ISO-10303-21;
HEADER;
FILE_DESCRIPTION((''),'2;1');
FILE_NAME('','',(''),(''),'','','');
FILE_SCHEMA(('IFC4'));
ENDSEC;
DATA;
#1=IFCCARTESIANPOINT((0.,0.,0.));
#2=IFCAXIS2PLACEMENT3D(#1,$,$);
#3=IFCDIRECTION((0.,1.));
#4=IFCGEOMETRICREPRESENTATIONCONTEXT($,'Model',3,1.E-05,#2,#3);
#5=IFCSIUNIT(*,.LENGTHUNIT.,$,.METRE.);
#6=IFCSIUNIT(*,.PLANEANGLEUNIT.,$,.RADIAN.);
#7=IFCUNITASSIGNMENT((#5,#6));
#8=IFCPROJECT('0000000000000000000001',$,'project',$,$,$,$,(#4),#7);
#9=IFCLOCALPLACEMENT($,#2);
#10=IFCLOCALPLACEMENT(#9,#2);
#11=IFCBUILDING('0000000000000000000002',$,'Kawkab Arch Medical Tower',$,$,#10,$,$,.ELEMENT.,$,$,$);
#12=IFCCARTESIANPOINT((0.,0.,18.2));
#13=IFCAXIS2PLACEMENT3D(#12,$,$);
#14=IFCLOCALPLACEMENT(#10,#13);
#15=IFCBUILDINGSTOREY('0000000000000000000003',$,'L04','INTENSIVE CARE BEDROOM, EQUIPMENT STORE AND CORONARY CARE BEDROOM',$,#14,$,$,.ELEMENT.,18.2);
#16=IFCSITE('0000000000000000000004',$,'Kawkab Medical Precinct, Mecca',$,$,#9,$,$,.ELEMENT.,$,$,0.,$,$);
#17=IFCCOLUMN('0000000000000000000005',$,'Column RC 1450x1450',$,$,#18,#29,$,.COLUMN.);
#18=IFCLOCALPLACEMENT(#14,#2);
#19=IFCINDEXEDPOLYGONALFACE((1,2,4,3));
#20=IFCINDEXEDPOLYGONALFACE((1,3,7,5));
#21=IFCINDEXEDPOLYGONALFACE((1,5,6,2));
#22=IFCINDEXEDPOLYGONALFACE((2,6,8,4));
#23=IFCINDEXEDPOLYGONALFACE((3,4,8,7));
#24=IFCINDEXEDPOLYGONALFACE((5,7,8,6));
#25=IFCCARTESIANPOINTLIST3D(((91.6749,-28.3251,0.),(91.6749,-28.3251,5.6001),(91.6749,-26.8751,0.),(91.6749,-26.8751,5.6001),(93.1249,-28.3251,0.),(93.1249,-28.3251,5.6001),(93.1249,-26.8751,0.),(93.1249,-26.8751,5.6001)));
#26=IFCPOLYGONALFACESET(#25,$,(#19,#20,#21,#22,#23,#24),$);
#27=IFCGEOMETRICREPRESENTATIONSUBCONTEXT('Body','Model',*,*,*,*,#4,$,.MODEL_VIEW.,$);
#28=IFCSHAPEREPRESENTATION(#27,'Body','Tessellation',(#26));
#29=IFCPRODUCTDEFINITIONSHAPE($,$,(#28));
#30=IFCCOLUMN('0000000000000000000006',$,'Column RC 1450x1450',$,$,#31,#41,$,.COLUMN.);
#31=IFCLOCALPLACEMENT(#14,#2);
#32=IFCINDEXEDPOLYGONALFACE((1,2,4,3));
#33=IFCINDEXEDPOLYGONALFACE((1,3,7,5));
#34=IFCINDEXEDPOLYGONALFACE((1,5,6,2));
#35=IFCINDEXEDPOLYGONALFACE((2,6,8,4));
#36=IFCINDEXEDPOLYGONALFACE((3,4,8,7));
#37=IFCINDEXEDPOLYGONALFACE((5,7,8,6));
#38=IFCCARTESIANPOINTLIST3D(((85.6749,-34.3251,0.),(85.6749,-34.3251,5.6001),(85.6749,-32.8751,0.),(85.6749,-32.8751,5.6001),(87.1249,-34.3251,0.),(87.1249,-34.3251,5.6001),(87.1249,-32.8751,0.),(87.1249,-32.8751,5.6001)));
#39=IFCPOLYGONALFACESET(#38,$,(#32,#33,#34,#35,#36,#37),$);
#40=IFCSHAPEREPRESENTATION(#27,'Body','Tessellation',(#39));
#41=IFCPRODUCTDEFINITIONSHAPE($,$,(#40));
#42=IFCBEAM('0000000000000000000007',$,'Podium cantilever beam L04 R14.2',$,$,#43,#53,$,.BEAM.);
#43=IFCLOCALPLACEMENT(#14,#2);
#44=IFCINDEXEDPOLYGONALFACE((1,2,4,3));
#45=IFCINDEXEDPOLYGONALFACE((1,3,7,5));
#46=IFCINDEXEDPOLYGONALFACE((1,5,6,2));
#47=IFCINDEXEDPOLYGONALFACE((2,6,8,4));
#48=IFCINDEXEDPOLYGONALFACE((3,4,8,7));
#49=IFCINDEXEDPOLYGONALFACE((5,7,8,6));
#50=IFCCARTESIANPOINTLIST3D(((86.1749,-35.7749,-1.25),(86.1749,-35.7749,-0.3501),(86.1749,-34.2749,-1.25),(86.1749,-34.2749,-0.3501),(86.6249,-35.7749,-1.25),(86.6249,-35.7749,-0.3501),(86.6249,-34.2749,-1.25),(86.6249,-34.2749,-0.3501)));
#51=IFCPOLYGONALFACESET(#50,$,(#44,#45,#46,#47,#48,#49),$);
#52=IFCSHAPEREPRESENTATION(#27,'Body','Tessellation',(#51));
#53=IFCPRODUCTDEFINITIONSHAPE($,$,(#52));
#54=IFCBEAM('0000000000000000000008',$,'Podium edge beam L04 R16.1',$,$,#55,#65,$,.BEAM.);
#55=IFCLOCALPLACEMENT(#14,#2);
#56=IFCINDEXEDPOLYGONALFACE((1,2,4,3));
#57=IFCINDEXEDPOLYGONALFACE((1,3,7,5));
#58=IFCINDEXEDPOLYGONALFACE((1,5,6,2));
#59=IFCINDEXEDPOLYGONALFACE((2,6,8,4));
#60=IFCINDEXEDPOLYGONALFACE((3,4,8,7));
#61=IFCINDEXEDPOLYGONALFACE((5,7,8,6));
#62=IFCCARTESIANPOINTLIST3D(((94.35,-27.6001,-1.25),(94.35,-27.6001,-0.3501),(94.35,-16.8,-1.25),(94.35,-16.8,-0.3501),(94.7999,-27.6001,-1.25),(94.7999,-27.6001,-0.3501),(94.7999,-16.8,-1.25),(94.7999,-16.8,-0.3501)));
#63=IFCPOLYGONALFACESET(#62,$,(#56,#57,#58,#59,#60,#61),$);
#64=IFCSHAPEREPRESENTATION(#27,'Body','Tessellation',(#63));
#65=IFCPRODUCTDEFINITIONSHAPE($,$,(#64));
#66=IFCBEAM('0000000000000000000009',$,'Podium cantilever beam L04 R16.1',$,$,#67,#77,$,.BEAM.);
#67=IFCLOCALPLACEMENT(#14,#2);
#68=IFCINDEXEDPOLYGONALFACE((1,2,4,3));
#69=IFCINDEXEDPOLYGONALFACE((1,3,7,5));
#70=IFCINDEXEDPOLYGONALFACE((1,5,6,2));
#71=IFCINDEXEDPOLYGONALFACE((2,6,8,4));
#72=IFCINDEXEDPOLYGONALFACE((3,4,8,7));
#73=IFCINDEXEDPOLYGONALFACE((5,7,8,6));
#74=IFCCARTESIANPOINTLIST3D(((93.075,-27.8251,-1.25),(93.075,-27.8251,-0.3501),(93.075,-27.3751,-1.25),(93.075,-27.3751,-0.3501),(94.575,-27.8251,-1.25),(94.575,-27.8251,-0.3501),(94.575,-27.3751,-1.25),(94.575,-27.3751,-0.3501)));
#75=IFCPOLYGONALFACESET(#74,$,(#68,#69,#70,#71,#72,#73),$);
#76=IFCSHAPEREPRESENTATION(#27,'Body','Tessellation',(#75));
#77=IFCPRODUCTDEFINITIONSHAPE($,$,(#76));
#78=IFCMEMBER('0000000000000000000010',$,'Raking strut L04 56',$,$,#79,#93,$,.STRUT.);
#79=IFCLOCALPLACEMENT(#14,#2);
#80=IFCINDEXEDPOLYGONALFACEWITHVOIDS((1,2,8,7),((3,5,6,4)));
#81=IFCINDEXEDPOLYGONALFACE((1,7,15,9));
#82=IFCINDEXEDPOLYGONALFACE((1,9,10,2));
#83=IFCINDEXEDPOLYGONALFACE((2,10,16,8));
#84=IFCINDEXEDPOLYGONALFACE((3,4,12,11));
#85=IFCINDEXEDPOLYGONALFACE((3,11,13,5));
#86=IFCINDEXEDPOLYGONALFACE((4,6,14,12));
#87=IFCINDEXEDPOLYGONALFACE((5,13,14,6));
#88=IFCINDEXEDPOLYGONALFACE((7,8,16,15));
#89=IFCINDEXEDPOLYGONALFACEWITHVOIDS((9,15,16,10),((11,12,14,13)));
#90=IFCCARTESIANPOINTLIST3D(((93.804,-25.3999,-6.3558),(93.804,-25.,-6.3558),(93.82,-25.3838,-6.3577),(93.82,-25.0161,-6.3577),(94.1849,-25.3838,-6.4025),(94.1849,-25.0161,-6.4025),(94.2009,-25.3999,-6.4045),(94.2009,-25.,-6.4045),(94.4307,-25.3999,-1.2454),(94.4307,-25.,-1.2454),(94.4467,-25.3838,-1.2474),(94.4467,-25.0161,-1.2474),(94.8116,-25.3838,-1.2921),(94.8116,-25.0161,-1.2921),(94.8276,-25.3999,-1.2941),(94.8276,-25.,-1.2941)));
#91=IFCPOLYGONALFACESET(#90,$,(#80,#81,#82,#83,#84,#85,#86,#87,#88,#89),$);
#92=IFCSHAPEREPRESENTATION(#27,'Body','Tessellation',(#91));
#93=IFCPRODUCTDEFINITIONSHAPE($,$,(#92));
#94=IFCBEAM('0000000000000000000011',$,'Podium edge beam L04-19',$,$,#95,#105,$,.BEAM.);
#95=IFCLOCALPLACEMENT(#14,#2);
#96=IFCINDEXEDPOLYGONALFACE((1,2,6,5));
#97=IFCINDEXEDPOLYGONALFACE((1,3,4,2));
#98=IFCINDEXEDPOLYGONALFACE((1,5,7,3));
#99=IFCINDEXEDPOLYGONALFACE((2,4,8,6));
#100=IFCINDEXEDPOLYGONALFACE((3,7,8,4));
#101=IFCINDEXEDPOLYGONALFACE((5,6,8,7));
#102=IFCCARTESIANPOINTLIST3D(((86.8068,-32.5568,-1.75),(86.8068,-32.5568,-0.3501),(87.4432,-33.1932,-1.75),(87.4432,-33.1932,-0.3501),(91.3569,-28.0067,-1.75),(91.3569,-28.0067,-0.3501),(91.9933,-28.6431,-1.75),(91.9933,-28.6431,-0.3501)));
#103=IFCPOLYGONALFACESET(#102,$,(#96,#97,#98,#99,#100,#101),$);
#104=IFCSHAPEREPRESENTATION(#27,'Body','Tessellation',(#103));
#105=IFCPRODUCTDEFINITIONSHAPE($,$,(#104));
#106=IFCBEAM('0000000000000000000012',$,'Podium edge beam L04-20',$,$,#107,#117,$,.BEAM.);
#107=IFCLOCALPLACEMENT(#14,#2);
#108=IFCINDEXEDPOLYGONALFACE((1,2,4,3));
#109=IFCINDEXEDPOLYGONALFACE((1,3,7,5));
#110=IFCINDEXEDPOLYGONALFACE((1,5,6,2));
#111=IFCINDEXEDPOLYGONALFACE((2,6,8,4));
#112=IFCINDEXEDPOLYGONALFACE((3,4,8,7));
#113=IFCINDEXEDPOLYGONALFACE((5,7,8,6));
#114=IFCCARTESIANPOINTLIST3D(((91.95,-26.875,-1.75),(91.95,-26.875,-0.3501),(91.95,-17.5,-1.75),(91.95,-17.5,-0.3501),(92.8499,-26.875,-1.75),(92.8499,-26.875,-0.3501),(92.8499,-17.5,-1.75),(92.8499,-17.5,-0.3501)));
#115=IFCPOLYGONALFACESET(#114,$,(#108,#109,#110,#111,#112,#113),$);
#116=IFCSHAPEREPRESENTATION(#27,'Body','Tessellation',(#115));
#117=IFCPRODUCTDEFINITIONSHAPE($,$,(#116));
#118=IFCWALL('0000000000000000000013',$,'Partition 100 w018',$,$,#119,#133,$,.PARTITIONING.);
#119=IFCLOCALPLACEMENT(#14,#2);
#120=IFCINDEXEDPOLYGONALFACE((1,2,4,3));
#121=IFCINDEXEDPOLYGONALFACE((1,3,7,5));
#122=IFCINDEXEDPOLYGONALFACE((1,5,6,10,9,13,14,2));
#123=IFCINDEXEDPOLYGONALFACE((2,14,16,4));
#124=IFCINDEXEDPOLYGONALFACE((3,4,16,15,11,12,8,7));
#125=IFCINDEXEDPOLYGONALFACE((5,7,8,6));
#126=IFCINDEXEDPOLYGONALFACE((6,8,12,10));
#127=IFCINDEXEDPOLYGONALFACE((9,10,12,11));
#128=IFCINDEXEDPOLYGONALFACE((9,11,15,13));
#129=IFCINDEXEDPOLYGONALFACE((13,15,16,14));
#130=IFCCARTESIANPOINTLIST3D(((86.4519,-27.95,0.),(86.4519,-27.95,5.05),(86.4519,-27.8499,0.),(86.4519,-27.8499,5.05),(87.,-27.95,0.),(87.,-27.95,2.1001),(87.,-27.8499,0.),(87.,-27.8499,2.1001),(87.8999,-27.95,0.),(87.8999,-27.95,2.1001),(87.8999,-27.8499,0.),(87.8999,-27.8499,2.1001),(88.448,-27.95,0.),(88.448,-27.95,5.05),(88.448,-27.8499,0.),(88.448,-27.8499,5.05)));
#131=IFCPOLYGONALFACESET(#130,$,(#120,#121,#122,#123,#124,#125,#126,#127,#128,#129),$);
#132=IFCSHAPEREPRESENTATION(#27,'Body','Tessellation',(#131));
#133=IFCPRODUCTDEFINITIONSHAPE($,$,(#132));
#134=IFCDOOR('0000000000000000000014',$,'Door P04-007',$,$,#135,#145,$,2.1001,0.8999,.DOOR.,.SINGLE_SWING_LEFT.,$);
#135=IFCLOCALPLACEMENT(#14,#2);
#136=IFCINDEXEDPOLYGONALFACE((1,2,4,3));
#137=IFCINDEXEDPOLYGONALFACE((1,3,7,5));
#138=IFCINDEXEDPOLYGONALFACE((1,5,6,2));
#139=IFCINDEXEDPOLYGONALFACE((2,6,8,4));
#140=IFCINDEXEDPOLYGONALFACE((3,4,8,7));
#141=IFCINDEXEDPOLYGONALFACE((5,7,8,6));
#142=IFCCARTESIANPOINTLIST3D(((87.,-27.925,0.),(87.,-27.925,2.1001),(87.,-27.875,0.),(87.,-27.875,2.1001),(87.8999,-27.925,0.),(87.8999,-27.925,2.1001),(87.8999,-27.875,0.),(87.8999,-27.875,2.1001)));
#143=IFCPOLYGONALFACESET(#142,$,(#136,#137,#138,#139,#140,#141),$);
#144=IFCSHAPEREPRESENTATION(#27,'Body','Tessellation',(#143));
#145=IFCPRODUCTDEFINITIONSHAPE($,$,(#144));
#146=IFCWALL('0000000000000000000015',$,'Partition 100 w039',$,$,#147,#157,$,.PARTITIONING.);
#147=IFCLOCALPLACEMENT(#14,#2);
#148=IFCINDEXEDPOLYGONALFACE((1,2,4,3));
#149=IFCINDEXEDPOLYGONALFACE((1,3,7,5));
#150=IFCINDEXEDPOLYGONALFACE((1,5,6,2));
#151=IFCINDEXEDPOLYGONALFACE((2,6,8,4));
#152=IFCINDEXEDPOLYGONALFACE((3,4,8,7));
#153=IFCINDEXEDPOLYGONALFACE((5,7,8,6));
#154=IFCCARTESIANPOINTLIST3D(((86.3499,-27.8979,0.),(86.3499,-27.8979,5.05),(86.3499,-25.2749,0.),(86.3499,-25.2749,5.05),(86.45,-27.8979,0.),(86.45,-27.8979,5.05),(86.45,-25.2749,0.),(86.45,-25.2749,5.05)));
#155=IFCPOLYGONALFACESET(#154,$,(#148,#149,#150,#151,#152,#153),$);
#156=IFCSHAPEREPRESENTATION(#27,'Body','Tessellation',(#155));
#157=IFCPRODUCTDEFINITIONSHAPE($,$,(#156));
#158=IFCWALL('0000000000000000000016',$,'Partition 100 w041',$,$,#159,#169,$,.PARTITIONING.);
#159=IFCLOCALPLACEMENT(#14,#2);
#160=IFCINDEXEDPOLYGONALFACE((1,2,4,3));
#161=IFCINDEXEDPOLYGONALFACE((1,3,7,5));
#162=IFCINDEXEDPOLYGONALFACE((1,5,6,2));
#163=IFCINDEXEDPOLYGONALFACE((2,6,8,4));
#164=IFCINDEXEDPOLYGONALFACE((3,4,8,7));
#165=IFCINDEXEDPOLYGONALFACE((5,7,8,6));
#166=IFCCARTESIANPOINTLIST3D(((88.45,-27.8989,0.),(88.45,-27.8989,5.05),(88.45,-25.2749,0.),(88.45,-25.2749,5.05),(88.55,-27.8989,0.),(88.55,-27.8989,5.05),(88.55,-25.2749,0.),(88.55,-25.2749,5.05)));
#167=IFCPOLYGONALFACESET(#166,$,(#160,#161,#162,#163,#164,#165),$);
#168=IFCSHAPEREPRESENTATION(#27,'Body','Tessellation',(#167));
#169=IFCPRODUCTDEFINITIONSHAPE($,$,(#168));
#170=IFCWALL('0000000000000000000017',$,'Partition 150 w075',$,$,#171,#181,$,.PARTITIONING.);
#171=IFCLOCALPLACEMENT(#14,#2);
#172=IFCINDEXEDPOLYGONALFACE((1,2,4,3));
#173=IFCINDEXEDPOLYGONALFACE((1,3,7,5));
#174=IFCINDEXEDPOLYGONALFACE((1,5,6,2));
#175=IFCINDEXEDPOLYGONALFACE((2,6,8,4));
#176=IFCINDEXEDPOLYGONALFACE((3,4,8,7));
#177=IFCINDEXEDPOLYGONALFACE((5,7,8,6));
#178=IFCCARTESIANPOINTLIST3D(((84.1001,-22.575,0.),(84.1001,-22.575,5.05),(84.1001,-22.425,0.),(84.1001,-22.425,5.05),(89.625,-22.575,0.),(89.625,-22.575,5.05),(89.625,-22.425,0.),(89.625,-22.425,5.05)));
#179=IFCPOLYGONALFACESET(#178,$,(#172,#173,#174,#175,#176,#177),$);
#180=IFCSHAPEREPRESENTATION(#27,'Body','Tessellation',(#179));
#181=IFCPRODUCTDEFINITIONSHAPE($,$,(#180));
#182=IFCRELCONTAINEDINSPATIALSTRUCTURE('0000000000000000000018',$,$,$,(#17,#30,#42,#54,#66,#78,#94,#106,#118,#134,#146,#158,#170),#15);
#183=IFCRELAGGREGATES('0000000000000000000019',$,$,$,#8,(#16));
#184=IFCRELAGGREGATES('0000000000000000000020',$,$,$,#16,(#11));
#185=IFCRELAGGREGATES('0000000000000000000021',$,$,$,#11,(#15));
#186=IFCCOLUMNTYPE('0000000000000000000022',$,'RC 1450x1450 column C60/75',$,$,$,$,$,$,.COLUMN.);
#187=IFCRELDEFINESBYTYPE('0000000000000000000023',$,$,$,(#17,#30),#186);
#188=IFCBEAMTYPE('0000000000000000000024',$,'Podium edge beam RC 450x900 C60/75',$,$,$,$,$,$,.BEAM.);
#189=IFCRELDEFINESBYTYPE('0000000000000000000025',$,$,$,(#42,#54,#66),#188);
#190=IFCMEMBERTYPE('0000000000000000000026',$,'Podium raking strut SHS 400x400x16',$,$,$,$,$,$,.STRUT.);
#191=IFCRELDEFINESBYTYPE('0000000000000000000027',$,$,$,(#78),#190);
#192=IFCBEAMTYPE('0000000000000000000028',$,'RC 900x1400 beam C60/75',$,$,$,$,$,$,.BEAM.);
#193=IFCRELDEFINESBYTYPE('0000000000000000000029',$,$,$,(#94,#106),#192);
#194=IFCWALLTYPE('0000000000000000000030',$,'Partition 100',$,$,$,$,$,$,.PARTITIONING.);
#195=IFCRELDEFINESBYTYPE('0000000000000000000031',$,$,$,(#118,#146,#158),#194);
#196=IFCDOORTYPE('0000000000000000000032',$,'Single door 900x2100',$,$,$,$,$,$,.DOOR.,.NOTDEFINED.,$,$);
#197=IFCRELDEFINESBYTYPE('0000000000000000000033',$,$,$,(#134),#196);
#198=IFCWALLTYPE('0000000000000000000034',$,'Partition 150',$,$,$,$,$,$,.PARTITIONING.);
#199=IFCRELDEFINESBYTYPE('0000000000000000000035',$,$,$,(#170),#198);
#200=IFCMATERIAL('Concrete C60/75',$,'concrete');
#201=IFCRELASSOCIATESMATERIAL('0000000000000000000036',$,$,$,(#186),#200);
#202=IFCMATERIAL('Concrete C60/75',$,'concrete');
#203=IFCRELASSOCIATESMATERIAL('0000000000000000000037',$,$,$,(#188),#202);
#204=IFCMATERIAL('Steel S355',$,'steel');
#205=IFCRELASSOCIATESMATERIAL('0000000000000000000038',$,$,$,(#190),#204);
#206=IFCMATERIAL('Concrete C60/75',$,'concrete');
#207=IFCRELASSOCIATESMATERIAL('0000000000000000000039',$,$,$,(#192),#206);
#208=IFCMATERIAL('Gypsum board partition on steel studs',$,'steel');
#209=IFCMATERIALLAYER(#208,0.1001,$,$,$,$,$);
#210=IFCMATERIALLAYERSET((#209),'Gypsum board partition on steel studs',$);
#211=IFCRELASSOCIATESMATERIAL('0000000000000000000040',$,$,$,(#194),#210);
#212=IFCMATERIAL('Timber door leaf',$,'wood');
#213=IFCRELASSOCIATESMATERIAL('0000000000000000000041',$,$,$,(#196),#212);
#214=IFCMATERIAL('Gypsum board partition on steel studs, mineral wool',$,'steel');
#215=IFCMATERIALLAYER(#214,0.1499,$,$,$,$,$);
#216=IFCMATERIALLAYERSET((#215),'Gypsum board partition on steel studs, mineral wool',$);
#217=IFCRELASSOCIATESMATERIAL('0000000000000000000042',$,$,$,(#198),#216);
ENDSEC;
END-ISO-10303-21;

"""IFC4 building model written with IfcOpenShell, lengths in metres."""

from ifc_helpers import new_model, si_unit, direction, frame, frame_2d, origin, origin_2d, place, context, subcontext, project, spatial, rectangle, hollow_rectangle, extrude, material, layer, layer_set, material_profile, profile_set, type_object, element, fill, save


model = new_model("IFC4")

# Units and contexts
model_context = context("Model", 3, precision=1e-05, world=origin(), true_north=direction((0.0, 1.0)))
body_context = subcontext(model_context, "Body", "Model", "MODEL_VIEW")
ifc_project = project(units=[si_unit("LENGTHUNIT", "METRE"), si_unit("PLANEANGLEUNIT", "RADIAN")], contexts=[model_context])

# Site, building, storey
site_placement = place(None, origin())
site = spatial("IfcSite", under=ifc_project, at=site_placement, Name="Kawkab Medical Precinct, Mecca", CompositionType="ELEMENT", RefElevation=0.0)
building_placement = place(site_placement, origin())
building = spatial("IfcBuilding", under=site, at=building_placement, Name="Kawkab Arch Medical Tower", CompositionType="ELEMENT")
storey_placement = place(building_placement, frame((0.0, 0.0, 18.2)))
storey = spatial("IfcBuildingStorey", under=building, at=storey_placement, Name="L04", Description="INTENSIVE CARE BEDROOM, EQUIPMENT STORE AND CORONARY CARE BEDROOM", CompositionType="ELEMENT", Elevation=18.2)

# Columns
ifc_material_1 = material(Name="Concrete C60/75", Category="concrete")
ifc_material_profile_1 = material_profile(ifc_material_1, rectangle(XDim=1.45, YDim=1.45, at=origin_2d()), Name="RC 1450x1450")
ifc_profile_set_1 = profile_set([ifc_material_profile_1], Name="Concrete C60/75")
column_type = type_object("IfcColumnType", Name="RC 1450x1450 column C60/75", PredefinedType="COLUMN", material=ifc_profile_set_1)
for number, where, z_axis, x_axis, name in (
    (1, (92.3999, -27.6001, 0.0), (0.0, 0.0, 1.0), (1.0, 0.0, 0.0), "Column RC 1450x1450"),
    (2, (86.3999, -33.6001, 0.0), (0.0, 0.0, 1.0), (1.0, 0.0, 0.0), "Column RC 1450x1450"),
):
    element("IfcColumn", number, at=place(storey_placement, frame(where, z_axis=z_axis, x_axis=x_axis)), inside=storey, type_object=column_type, Name=name, PredefinedType="COLUMN", context=body_context, shape_type="SweptSolid", body=[
        extrude(rectangle(XDim=1.45, YDim=1.45, at=origin_2d()), origin(), (0.0, 0.0, 1.0), 5.6001),
    ])

# Beams
ifc_material_2 = material(Name="Concrete C60/75", Category="concrete")
ifc_material_profile_2 = material_profile(ifc_material_2, rectangle(XDim=0.45, YDim=0.8999, at=origin_2d()), Name="RC 450x900")
ifc_profile_set_2 = profile_set([ifc_material_profile_2], Name="Concrete C60/75")
beam_type_1 = type_object("IfcBeamType", Name="Podium edge beam RC 450x900 C60/75", PredefinedType="BEAM", material=ifc_profile_set_2)
beam_1_placement = place(storey_placement, frame((86.3999, -34.2749, -0.8), z_axis=(0.0, -1.0, 0.0), x_axis=(1.0, 0.0, 0.0)))
element("IfcBeam", 3, at=beam_1_placement, inside=storey, type_object=beam_type_1, Name="Podium cantilever beam L04 R14.2", PredefinedType="BEAM", context=body_context, shape_type="SweptSolid", body=[
    extrude(rectangle(XDim=0.45, YDim=0.8999, at=origin_2d()), origin(), (0.0, 0.0, 1.0), 1.5),
])
beam_2_placement = place(storey_placement, frame((94.575, -27.6001, -0.8), z_axis=(0.0, 1.0, 0.0), x_axis=(-1.0, 0.0, 0.0)))
element("IfcBeam", 4, at=beam_2_placement, inside=storey, type_object=beam_type_1, Name="Podium edge beam L04 R16.1", PredefinedType="BEAM", context=body_context, shape_type="SweptSolid", body=[
    extrude(rectangle(XDim=0.45, YDim=0.8999, at=origin_2d()), origin(), (0.0, 0.0, 1.0), 10.8),
])
beam_3_placement = place(storey_placement, frame((93.075, -27.6001, -0.8), z_axis=(1.0, 0.0, 0.0), x_axis=(0.0, 1.0, 0.0)))
element("IfcBeam", 5, at=beam_3_placement, inside=storey, type_object=beam_type_1, Name="Podium cantilever beam L04 R16.1", PredefinedType="BEAM", context=body_context, shape_type="SweptSolid", body=[
    extrude(rectangle(XDim=0.45, YDim=0.8999, at=origin_2d()), origin(), (0.0, 0.0, 1.0), 1.5),
])

# Member
ifc_material_3 = material(Name="Steel S355", Category="steel")
ifc_material_profile_3 = material_profile(ifc_material_3, hollow_rectangle(XDim=0.3999, YDim=0.3999, WallThickness=0.0161, at=origin_2d()), Name="SHS 400x400x16")
ifc_profile_set_3 = profile_set([ifc_material_profile_3], Name="Steel S355")
member_type = type_object("IfcMemberType", Name="Podium raking strut SHS 400x400x16", PredefinedType="STRUT", material=ifc_profile_set_3)
member_placement = place(storey_placement, frame((94.0024, -25.2, -6.3801), z_axis=(0.121723, 0.0, 0.992564), x_axis=(0.0, 1.0, 0.0)))
element("IfcMember", 6, at=member_placement, inside=storey, type_object=member_type, Name="Raking strut L04 56", PredefinedType="STRUT", context=body_context, shape_type="SweptSolid", body=[
    extrude(hollow_rectangle(XDim=0.3999, YDim=0.3999, WallThickness=0.0161, at=origin_2d()), origin(), (0.0, 0.0, 1.0), 5.1487),
])

# Beams
ifc_material_4 = material(Name="Concrete C60/75", Category="concrete")
ifc_material_profile_4 = material_profile(ifc_material_4, rectangle(XDim=0.8999, YDim=1.3999, at=origin_2d()), Name="RC 900x1400")
ifc_profile_set_4 = profile_set([ifc_material_profile_4], Name="Concrete C60/75")
beam_type_2 = type_object("IfcBeamType", Name="RC 900x1400 beam C60/75", PredefinedType="BEAM", material=ifc_profile_set_4)
beam_4_placement = place(storey_placement, frame((87.125, -32.875, -1.05), z_axis=(0.707107, 0.707107, 0.0), x_axis=(-0.707107, 0.707107, 0.0)))
element("IfcBeam", 7, at=beam_4_placement, inside=storey, type_object=beam_type_2, Name="Podium edge beam L04-19", PredefinedType="BEAM", context=body_context, shape_type="SweptSolid", body=[
    extrude(rectangle(XDim=0.8999, YDim=1.3999, at=origin_2d()), origin(), (0.0, 0.0, 1.0), 6.4348),
])
beam_5_placement = place(storey_placement, frame((92.3999, -26.875, -1.05), z_axis=(0.0, 1.0, 0.0), x_axis=(-1.0, 0.0, 0.0)))
element("IfcBeam", 8, at=beam_5_placement, inside=storey, type_object=beam_type_2, Name="Podium edge beam L04-20", PredefinedType="BEAM", context=body_context, shape_type="SweptSolid", body=[
    extrude(rectangle(XDim=0.8999, YDim=1.3999, at=origin_2d()), origin(), (0.0, 0.0, 1.0), 9.375),
])

# Wall, opening, door
ifc_material_5 = material(Name="Gypsum board partition on steel studs", Category="steel")
ifc_layer_1 = layer(ifc_material_5, 0.1001)
ifc_layer_set_1 = layer_set([ifc_layer_1], Name="Gypsum board partition on steel studs")
wall_type_1 = type_object("IfcWallType", Name="Partition 100", PredefinedType="PARTITIONING", material=ifc_layer_set_1)
wall_1_placement = place(storey_placement, frame((86.4519, -27.8999, 0.0), z_axis=(0.0, 0.0, 1.0), x_axis=(1.0, 0.0, 0.0)))
wall_1 = element("IfcWall", 9, at=wall_1_placement, inside=storey, type_object=wall_type_1, Name="Partition 100 w018", PredefinedType="PARTITIONING", context=body_context, shape_type="SweptSolid", body=[
    extrude(rectangle(XDim=1.9961, YDim=0.1001, at=frame_2d((0.998, 0.0))), origin(), (0.0, 0.0, 1.0), 5.05),
])
opening_1_placement = place(wall_1_placement, frame((0.5481, 0.0, 0.0)))
opening_1 = element("IfcOpeningElement", 10, at=opening_1_placement, cuts=wall_1, PredefinedType="OPENING", context=body_context, shape_type="SweptSolid", body=[
    extrude(rectangle(XDim=0.8999, YDim=2.1001, at=frame_2d((0.45, 1.05))), frame((0.0, 0.0601, 0.0), z_axis=(0.0, -1.0, 0.0), x_axis=(1.0, 0.0, 0.0)), (0.0, 0.0, 1.0), 0.1201),
])
ifc_material_6 = material(Name="Timber door leaf", Category="wood")
door_type = type_object("IfcDoorType", Name="Single door 900x2100", OperationType="NOTDEFINED", PredefinedType="DOOR", material=ifc_material_6)
door_placement = place(opening_1_placement, origin())
door = element("IfcDoor", 11, at=door_placement, inside=storey, type_object=door_type, Name="Door P04-007", OperationType="SINGLE_SWING_LEFT", OverallHeight=2.1001, OverallWidth=0.8999, PredefinedType="DOOR", context=body_context, shape_type="SweptSolid", body=[
    extrude(rectangle(XDim=0.8999, YDim=2.1001, at=frame_2d((0.45, 1.05))), frame((0.0, 0.0249, 0.0), z_axis=(0.0, -1.0, 0.0), x_axis=(1.0, 0.0, 0.0)), (0.0, 0.0, 1.0), 0.05),
])
fill(opening_1, door)

# Walls
wall_2_placement = place(storey_placement, frame((86.3999, -27.8979, 0.0), z_axis=(0.0, 0.0, 1.0), x_axis=(0.0, 1.0, 0.0)))
element("IfcWall", 12, at=wall_2_placement, inside=storey, type_object=wall_type_1, Name="Partition 100 w039", PredefinedType="PARTITIONING", context=body_context, shape_type="SweptSolid", body=[
    extrude(rectangle(XDim=2.623, YDim=0.1001, at=frame_2d((1.3115, 0.0))), origin(), (0.0, 0.0, 1.0), 5.05),
])
wall_3_placement = place(storey_placement, frame((88.5, -27.8989, 0.0), z_axis=(0.0, 0.0, 1.0), x_axis=(0.0, 1.0, 0.0)))
element("IfcWall", 13, at=wall_3_placement, inside=storey, type_object=wall_type_1, Name="Partition 100 w041", PredefinedType="PARTITIONING", context=body_context, shape_type="SweptSolid", body=[
    extrude(rectangle(XDim=2.624, YDim=0.1001, at=frame_2d((1.312, 0.0))), origin(), (0.0, 0.0, 1.0), 5.05),
])
ifc_material_7 = material(Name="Gypsum board partition on steel studs, mineral wool", Category="steel")
ifc_layer_2 = layer(ifc_material_7, 0.1499)
ifc_layer_set_2 = layer_set([ifc_layer_2], Name="Gypsum board partition on steel studs, mineral wool")
wall_type_2 = type_object("IfcWallType", Name="Partition 150", PredefinedType="PARTITIONING", material=ifc_layer_set_2)
wall_4_placement = place(storey_placement, frame((84.1001, -22.5, 0.0), z_axis=(0.0, 0.0, 1.0), x_axis=(1.0, 0.0, 0.0)))
element("IfcWall", 14, at=wall_4_placement, inside=storey, type_object=wall_type_2, Name="Partition 150 w075", PredefinedType="PARTITIONING", context=body_context, shape_type="SweptSolid", body=[
    extrude(rectangle(XDim=5.5249, YDim=0.1499, at=frame_2d((2.7625, 0.0))), origin(), (0.0, 0.0, 1.0), 5.05),
])

save(model, "model.ifc")
